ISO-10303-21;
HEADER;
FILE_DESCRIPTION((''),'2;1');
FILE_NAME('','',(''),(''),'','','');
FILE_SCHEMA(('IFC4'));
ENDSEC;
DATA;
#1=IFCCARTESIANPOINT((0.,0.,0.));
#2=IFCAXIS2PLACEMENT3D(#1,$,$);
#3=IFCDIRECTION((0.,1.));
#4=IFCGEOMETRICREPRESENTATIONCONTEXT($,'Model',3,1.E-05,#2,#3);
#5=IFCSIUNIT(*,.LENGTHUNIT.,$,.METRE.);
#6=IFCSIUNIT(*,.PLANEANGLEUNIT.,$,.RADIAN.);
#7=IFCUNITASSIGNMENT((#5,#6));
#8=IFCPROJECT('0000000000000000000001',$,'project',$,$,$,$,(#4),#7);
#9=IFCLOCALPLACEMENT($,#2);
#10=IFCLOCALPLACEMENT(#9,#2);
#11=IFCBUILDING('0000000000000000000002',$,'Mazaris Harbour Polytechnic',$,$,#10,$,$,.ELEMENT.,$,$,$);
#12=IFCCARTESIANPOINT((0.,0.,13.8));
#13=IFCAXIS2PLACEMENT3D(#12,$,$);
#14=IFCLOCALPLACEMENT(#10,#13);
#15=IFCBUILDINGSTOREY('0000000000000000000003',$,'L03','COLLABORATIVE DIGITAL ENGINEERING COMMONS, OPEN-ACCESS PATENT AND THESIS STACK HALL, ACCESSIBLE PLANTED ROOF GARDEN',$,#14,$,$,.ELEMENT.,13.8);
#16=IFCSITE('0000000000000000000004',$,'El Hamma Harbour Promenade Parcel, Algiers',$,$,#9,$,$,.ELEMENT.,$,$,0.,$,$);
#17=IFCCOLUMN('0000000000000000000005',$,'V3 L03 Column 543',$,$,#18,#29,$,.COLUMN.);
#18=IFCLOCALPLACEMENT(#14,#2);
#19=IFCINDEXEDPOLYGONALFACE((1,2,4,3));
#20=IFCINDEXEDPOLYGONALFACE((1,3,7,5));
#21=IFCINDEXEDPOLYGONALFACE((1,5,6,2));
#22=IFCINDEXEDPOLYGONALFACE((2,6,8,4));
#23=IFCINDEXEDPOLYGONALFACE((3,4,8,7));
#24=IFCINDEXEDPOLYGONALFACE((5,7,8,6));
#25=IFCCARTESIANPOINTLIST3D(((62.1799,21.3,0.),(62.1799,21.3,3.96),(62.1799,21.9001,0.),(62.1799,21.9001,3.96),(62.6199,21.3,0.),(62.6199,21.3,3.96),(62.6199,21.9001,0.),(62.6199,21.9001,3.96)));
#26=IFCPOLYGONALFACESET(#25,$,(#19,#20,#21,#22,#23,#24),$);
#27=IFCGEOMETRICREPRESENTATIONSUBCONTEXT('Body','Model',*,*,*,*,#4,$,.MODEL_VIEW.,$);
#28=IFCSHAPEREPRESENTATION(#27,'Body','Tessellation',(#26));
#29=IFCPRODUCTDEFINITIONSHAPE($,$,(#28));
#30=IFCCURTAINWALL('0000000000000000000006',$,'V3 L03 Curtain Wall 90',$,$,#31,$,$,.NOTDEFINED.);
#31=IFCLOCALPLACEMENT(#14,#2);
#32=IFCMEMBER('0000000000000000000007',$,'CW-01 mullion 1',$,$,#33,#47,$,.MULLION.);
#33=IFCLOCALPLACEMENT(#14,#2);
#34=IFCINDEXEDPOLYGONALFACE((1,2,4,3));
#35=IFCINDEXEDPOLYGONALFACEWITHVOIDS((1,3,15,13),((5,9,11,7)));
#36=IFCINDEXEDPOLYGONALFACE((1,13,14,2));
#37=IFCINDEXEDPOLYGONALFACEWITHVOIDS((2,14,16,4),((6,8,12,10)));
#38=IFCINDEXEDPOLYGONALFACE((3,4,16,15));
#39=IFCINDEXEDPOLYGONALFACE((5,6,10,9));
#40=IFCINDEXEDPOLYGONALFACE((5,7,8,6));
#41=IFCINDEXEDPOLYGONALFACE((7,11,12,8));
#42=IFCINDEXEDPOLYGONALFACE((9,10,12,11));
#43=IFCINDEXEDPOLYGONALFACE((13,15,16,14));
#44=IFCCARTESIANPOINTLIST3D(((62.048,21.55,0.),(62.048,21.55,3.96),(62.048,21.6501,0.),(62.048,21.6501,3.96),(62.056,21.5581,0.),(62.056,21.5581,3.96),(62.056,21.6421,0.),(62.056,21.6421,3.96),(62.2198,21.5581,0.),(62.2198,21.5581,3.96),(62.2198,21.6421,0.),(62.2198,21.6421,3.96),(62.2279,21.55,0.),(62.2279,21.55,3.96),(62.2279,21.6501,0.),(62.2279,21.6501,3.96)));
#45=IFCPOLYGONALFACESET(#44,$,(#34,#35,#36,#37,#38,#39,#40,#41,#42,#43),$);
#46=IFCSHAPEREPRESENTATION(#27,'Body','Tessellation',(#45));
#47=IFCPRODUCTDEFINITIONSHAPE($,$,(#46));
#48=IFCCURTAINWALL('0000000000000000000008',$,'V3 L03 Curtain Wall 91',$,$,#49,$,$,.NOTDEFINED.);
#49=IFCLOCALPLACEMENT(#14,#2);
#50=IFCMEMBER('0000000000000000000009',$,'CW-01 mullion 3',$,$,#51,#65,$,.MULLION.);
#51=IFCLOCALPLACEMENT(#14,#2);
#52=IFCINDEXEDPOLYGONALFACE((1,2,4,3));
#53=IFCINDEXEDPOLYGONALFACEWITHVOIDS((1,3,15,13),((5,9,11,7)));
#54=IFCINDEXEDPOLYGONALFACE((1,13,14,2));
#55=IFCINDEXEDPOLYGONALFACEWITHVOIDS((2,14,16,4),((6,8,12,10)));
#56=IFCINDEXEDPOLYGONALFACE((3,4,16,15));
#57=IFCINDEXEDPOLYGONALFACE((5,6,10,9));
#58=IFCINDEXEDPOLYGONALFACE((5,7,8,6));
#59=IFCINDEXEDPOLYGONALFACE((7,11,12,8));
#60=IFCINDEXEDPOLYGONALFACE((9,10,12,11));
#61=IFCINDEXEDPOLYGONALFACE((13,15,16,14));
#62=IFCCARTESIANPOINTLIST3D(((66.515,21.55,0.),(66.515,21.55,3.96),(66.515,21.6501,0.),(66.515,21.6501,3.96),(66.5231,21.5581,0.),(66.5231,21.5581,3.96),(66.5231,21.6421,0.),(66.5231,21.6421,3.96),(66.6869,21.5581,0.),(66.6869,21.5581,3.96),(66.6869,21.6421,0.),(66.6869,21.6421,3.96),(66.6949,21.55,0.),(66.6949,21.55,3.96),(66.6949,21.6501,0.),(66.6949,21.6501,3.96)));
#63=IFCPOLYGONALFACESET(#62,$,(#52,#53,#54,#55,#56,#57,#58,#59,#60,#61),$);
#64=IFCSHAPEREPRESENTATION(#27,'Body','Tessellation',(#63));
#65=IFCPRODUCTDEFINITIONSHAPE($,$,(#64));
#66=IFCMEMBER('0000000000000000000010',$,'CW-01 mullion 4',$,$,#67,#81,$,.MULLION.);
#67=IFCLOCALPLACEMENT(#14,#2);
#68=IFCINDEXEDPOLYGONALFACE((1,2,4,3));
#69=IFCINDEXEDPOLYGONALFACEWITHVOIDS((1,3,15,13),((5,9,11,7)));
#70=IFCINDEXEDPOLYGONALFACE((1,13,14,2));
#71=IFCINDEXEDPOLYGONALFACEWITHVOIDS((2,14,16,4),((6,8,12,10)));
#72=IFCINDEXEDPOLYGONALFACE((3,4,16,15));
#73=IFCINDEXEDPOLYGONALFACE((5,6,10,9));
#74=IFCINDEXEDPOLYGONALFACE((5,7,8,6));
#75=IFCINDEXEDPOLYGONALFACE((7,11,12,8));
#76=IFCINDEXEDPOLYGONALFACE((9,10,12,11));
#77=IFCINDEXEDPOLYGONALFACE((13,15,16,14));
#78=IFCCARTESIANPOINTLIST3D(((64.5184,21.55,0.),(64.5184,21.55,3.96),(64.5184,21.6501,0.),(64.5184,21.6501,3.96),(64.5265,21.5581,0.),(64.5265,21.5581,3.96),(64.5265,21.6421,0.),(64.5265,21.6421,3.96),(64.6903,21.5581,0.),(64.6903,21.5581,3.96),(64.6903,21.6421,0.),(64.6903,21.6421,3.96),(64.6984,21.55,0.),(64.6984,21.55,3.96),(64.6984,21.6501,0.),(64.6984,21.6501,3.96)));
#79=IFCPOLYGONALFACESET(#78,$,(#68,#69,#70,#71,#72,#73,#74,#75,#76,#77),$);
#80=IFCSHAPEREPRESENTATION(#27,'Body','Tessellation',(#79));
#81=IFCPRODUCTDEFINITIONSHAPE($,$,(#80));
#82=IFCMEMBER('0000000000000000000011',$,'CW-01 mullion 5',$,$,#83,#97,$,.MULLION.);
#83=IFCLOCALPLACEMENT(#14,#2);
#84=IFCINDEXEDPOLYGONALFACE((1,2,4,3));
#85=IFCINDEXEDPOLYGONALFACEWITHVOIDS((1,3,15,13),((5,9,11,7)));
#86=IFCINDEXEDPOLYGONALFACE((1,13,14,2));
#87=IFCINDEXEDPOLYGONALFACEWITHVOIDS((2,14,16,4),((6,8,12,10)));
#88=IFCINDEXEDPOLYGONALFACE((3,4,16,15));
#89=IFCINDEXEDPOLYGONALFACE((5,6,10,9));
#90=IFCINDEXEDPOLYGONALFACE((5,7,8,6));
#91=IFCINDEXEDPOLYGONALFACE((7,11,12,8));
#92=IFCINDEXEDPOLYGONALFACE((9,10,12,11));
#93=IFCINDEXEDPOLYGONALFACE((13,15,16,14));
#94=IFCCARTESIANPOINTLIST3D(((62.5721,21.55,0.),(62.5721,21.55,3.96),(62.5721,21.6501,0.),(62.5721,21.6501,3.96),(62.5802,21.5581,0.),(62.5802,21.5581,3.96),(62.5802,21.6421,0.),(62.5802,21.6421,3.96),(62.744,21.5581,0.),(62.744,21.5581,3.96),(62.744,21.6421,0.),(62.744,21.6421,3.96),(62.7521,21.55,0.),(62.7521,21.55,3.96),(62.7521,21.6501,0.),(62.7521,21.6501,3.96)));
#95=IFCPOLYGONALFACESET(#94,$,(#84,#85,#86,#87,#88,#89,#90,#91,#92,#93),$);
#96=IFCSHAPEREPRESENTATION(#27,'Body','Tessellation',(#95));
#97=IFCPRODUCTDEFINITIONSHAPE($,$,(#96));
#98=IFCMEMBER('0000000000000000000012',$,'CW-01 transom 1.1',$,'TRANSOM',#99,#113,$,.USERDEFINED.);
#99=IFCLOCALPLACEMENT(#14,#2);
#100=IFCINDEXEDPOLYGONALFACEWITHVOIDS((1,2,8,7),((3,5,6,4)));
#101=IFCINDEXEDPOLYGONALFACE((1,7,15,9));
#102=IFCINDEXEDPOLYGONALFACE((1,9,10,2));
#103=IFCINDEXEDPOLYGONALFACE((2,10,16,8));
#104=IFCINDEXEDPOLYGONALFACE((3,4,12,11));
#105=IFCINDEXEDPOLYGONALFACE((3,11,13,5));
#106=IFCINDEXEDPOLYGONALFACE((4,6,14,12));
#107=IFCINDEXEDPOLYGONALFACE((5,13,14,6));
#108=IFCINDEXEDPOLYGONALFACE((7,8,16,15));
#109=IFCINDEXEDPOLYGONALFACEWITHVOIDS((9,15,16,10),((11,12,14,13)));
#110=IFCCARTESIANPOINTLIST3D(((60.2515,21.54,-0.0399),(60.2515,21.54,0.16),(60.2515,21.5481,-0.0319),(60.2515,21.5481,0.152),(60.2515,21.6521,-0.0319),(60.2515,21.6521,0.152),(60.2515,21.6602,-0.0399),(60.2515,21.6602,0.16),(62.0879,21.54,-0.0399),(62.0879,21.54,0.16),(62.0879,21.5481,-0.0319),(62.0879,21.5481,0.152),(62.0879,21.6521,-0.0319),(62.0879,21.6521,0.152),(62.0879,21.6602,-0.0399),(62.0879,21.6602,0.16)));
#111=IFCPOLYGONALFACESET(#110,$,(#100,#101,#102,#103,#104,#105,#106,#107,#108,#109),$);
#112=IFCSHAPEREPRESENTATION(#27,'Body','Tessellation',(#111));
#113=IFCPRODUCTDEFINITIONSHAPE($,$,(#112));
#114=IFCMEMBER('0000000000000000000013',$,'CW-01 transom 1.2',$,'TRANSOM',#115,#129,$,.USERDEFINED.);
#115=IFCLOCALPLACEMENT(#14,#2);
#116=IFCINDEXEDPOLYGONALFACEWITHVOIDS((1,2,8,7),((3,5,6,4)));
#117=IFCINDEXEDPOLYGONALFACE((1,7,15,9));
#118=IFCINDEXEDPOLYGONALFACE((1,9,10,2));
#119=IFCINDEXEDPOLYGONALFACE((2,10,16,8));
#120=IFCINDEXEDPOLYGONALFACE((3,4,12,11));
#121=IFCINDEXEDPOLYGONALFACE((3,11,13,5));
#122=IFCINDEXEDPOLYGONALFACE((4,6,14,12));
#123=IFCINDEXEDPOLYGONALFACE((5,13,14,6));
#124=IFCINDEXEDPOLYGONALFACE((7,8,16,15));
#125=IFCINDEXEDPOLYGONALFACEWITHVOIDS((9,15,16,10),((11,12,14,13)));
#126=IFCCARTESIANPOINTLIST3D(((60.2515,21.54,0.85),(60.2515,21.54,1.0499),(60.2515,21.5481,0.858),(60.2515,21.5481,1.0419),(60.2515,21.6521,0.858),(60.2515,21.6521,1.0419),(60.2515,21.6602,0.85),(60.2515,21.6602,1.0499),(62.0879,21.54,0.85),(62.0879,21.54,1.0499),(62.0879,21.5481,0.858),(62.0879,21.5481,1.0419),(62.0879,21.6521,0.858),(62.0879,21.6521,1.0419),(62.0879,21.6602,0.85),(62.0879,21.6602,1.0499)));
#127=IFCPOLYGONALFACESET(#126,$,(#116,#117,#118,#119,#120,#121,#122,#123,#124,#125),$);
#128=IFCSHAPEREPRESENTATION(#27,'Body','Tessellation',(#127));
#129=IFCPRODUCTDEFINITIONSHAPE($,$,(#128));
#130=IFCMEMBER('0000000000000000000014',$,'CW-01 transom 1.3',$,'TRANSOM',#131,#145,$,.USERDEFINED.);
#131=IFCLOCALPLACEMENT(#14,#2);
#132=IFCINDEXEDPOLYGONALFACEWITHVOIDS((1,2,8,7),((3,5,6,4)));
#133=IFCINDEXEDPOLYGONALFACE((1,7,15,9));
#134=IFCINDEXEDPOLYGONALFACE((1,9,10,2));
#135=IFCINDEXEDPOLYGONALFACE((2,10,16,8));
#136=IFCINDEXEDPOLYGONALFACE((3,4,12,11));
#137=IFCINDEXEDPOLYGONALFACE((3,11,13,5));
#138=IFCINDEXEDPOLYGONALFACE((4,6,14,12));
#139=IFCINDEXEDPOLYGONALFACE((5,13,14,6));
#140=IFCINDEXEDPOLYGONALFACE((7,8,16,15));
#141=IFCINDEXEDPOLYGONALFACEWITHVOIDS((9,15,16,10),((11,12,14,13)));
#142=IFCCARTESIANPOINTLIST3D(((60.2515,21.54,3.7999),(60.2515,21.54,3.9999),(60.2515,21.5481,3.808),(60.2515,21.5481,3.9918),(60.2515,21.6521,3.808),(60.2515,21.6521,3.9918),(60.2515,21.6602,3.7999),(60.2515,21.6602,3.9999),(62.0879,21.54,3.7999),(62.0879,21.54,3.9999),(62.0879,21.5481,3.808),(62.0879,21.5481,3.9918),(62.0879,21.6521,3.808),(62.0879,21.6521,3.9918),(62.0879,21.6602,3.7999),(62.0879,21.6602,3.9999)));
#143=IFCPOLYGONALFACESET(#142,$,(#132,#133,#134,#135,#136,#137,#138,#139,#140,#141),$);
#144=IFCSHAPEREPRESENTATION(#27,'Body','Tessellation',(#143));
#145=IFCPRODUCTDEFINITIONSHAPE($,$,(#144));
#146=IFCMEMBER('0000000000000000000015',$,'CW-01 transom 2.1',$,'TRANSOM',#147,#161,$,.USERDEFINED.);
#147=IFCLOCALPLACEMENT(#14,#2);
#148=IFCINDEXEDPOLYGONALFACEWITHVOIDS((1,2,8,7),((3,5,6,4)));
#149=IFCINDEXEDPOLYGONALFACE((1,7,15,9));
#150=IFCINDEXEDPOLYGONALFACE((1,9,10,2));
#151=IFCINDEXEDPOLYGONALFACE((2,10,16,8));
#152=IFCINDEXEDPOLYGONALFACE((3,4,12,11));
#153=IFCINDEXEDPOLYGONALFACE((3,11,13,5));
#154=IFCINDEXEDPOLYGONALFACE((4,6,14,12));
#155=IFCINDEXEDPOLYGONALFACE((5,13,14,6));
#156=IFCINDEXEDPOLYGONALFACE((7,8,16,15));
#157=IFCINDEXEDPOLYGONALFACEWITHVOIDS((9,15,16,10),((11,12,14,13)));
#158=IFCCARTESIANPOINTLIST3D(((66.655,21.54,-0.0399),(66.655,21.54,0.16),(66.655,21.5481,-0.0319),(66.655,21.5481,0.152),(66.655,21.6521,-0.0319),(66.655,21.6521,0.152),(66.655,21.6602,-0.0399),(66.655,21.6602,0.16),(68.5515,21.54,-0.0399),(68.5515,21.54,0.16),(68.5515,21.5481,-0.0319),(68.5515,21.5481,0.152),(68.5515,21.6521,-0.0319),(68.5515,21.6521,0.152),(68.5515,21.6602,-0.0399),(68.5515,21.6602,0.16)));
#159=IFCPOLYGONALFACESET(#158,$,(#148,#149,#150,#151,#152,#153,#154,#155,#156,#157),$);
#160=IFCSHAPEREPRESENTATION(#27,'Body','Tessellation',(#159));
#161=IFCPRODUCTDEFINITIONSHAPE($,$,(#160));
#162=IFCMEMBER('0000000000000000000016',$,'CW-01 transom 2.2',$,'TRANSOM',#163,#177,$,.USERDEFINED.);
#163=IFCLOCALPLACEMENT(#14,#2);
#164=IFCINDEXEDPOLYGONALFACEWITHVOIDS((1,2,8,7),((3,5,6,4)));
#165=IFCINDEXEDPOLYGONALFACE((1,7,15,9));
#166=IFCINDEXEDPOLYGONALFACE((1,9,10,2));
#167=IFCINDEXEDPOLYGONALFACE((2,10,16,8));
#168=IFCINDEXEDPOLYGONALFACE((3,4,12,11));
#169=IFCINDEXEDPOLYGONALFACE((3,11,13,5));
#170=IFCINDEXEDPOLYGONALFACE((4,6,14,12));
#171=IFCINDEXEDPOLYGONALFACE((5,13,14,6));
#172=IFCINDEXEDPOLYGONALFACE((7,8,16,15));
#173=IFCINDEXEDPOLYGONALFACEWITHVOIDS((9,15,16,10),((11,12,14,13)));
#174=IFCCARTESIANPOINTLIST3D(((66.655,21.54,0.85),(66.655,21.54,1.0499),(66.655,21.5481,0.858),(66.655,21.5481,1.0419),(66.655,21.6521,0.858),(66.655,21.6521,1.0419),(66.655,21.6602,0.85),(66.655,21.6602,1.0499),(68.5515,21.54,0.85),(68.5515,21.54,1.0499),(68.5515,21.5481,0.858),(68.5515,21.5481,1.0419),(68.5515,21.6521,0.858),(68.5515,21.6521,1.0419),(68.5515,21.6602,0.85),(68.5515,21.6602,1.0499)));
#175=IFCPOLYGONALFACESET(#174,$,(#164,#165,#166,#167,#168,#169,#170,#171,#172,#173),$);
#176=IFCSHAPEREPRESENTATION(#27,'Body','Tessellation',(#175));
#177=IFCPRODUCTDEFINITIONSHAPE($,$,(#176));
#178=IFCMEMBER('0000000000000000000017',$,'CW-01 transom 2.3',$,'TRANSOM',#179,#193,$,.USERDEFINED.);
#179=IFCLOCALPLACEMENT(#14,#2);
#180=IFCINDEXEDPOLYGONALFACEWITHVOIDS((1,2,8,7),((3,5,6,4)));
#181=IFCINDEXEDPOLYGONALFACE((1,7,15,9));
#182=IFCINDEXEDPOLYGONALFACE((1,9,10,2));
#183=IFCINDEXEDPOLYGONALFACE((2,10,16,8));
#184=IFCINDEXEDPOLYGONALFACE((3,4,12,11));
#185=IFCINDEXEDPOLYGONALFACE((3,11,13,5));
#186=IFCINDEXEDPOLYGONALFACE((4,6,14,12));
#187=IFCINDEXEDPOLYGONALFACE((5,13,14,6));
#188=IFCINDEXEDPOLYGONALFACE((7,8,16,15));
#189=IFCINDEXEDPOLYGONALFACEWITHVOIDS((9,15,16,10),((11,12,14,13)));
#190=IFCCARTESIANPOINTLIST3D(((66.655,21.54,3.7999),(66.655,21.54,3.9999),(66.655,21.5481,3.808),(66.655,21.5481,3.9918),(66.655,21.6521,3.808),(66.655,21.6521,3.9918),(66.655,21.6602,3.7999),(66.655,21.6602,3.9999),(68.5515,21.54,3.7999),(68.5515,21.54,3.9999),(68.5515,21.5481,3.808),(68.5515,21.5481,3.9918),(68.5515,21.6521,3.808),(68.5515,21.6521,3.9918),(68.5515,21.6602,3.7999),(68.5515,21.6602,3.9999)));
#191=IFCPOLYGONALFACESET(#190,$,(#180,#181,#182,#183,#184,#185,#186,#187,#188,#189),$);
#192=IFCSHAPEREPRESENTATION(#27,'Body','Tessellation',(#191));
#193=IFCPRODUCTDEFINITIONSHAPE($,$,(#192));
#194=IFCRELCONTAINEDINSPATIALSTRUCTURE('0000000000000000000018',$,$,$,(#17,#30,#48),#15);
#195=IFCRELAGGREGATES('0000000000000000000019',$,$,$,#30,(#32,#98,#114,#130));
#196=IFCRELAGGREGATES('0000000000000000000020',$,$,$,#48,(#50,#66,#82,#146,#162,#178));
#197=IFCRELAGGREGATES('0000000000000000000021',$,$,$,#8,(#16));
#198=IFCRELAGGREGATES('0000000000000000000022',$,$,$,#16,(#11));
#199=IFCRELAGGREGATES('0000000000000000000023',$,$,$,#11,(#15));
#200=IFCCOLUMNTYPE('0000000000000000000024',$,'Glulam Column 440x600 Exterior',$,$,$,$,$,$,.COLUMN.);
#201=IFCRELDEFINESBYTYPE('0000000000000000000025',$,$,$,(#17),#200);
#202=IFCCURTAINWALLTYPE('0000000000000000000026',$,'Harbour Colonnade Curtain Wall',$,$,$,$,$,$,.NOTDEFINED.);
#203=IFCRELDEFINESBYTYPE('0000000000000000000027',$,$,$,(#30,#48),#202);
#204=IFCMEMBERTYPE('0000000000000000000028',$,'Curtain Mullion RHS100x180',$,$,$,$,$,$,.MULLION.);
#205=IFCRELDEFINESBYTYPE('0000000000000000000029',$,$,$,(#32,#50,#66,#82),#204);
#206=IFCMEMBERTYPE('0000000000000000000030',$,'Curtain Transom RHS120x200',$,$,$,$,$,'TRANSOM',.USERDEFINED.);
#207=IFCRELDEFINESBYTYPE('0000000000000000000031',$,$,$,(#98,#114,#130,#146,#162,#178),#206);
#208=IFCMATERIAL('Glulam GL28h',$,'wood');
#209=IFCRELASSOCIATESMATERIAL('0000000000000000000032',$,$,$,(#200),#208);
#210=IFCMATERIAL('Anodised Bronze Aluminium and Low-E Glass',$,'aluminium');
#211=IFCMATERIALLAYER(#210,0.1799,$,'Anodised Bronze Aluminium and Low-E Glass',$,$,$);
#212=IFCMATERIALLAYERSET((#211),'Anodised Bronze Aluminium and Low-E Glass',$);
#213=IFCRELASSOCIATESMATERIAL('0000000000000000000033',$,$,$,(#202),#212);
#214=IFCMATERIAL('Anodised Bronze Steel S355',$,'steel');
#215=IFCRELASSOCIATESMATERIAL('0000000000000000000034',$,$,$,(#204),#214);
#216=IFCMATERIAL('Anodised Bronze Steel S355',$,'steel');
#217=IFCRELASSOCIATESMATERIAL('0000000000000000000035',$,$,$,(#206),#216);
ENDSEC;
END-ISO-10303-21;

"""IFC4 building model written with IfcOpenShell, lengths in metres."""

from ifc_helpers import new_model, si_unit, direction, frame, origin, origin_2d, place, context, subcontext, project, spatial, rectangle, hollow_rectangle, extrude, material, layer, layer_set, material_profile, profile_set, type_object, element, aggregate, save


model = new_model("IFC4")

# Units and contexts
model_context = context("Model", 3, precision=1e-05, world=origin(), true_north=direction((0.0, 1.0)))
body_context = subcontext(model_context, "Body", "Model", "MODEL_VIEW")
ifc_project = project(units=[si_unit("LENGTHUNIT", "METRE"), si_unit("PLANEANGLEUNIT", "RADIAN")], contexts=[model_context])

# Site, building, storey
site_placement = place(None, origin())
site = spatial("IfcSite", under=ifc_project, at=site_placement, Name="El Hamma Harbour Promenade Parcel, Algiers", CompositionType="ELEMENT", RefElevation=0.0)
building_placement = place(site_placement, origin())
building = spatial("IfcBuilding", under=site, at=building_placement, Name="Mazaris Harbour Polytechnic", CompositionType="ELEMENT")
storey_placement = place(building_placement, frame((0.0, 0.0, 13.8)))
storey = spatial("IfcBuildingStorey", under=building, at=storey_placement, Name="L03", Description="COLLABORATIVE DIGITAL ENGINEERING COMMONS, OPEN-ACCESS PATENT AND THESIS STACK HALL, ACCESSIBLE PLANTED ROOF GARDEN", CompositionType="ELEMENT", Elevation=13.8)

# Column
ifc_material_1 = material(Name="Glulam GL28h", Category="wood")
ifc_material_profile_1 = material_profile(ifc_material_1, rectangle(XDim=0.4399, YDim=0.6001, at=origin_2d()), Name="RECT440x600")
ifc_profile_set_1 = profile_set([ifc_material_profile_1], Name="Glulam GL28h")
column_type = type_object("IfcColumnType", Name="Glulam Column 440x600 Exterior", PredefinedType="COLUMN", material=ifc_profile_set_1)
column_placement = place(storey_placement, frame((62.3999, 21.6001, 0.0), z_axis=(0.0, 0.0, 1.0), x_axis=(1.0, 0.0, 0.0)))
element("IfcColumn", 1, at=column_placement, inside=storey, type_object=column_type, Name="V3 L03 Column 543", PredefinedType="COLUMN", context=body_context, shape_type="SweptSolid", body=[
    extrude(rectangle(XDim=0.4399, YDim=0.6001, at=origin_2d()), origin(), (0.0, 0.0, 1.0), 3.96),
])

# Curtain wall, member
ifc_material_2 = material(Name="Anodised Bronze Aluminium and Low-E Glass", Category="aluminium")
ifc_layer_1 = layer(ifc_material_2, 0.1799, Name="Anodised Bronze Aluminium and Low-E Glass")
ifc_layer_set_1 = layer_set([ifc_layer_1], Name="Anodised Bronze Aluminium and Low-E Glass")
curtain_wall_type = type_object("IfcCurtainWallType", Name="Harbour Colonnade Curtain Wall", PredefinedType="NOTDEFINED", material=ifc_layer_set_1)
curtain_wall_1_placement = place(storey_placement, origin())
curtain_wall_1 = element("IfcCurtainWall", 2, at=curtain_wall_1_placement, inside=storey, type_object=curtain_wall_type, Name="V3 L03 Curtain Wall 90", PredefinedType="NOTDEFINED")
ifc_material_3 = material(Name="Anodised Bronze Steel S355", Category="steel")
ifc_material_profile_2 = material_profile(ifc_material_3, hollow_rectangle(XDim=0.1001, YDim=0.1799, WallThickness=0.0081, at=origin_2d()), Name="RHS 100x180x8.0")
ifc_profile_set_2 = profile_set([ifc_material_profile_2], Name="Anodised Bronze Steel S355")
member_type_1 = type_object("IfcMemberType", Name="Curtain Mullion RHS100x180", PredefinedType="MULLION", material=ifc_profile_set_2)
member_1_placement = place(storey_placement, frame((62.1379, 21.6001, 0.0), z_axis=(0.0, 0.0, 1.0), x_axis=(0.0, -1.0, 0.0)))
member_1 = element("IfcMember", 3, at=member_1_placement, type_object=member_type_1, Name="CW-01 mullion 1", PredefinedType="MULLION", context=body_context, shape_type="SweptSolid", body=[
    extrude(hollow_rectangle(XDim=0.1001, YDim=0.1799, WallThickness=0.0081, at=origin_2d()), origin(), (0.0, 0.0, 1.0), 3.96),
])

# Curtain wall, members
curtain_wall_2_placement = place(storey_placement, origin())
curtain_wall_2 = element("IfcCurtainWall", 4, at=curtain_wall_2_placement, inside=storey, type_object=curtain_wall_type, Name="V3 L03 Curtain Wall 91", PredefinedType="NOTDEFINED")
member_2_placement = place(storey_placement, frame((66.605, 21.6001, 0.0), z_axis=(0.0, 0.0, 1.0), x_axis=(0.0, -1.0, 0.0)))
member_2 = element("IfcMember", 5, at=member_2_placement, type_object=member_type_1, Name="CW-01 mullion 3", PredefinedType="MULLION", context=body_context, shape_type="SweptSolid", body=[
    extrude(hollow_rectangle(XDim=0.1001, YDim=0.1799, WallThickness=0.0081, at=origin_2d()), origin(), (0.0, 0.0, 1.0), 3.96),
])
member_3_placement = place(storey_placement, frame((64.6084, 21.6001, 0.0), z_axis=(0.0, 0.0, 1.0), x_axis=(0.0, -1.0, 0.0)))
member_3 = element("IfcMember", 6, at=member_3_placement, type_object=member_type_1, Name="CW-01 mullion 4", PredefinedType="MULLION", context=body_context, shape_type="SweptSolid", body=[
    extrude(hollow_rectangle(XDim=0.1001, YDim=0.1799, WallThickness=0.0081, at=origin_2d()), origin(), (0.0, 0.0, 1.0), 3.96),
])
member_4_placement = place(storey_placement, frame((62.6621, 21.6001, 0.0), z_axis=(0.0, 0.0, 1.0), x_axis=(0.0, -1.0, 0.0)))
member_4 = element("IfcMember", 7, at=member_4_placement, type_object=member_type_1, Name="CW-01 mullion 5", PredefinedType="MULLION", context=body_context, shape_type="SweptSolid", body=[
    extrude(hollow_rectangle(XDim=0.1001, YDim=0.1799, WallThickness=0.0081, at=origin_2d()), origin(), (0.0, 0.0, 1.0), 3.96),
])

# Members
ifc_material_4 = material(Name="Anodised Bronze Steel S355", Category="steel")
ifc_material_profile_3 = material_profile(ifc_material_4, hollow_rectangle(XDim=0.1201, YDim=0.2, WallThickness=0.0081, at=origin_2d()), Name="RHS 120x200x8.0")
ifc_profile_set_3 = profile_set([ifc_material_profile_3], Name="Anodised Bronze Steel S355")
member_type_2 = type_object("IfcMemberType", Name="Curtain Transom RHS120x200", ElementType="TRANSOM", PredefinedType="USERDEFINED", material=ifc_profile_set_3)
member_5_placement = place(storey_placement, frame((62.0879, 21.6001, 0.0601), z_axis=(-1.0, 0.0, 0.0), x_axis=(0.0, -1.0, 0.0)))
member_5 = element("IfcMember", 8, at=member_5_placement, type_object=member_type_2, Name="CW-01 transom 1.1", ObjectType="TRANSOM", PredefinedType="USERDEFINED", context=body_context, shape_type="SweptSolid", body=[
    extrude(hollow_rectangle(XDim=0.1201, YDim=0.2, WallThickness=0.0081, at=origin_2d()), origin(), (0.0, 0.0, 1.0), 1.8364),
])
member_6_placement = place(storey_placement, frame((62.0879, 21.6001, 0.95), z_axis=(-1.0, 0.0, 0.0), x_axis=(0.0, -1.0, 0.0)))
member_6 = element("IfcMember", 9, at=member_6_placement, type_object=member_type_2, Name="CW-01 transom 1.2", ObjectType="TRANSOM", PredefinedType="USERDEFINED", context=body_context, shape_type="SweptSolid", body=[
    extrude(hollow_rectangle(XDim=0.1201, YDim=0.2, WallThickness=0.0081, at=origin_2d()), origin(), (0.0, 0.0, 1.0), 1.8364),
])
member_7_placement = place(storey_placement, frame((62.0879, 21.6001, 3.8999), z_axis=(-1.0, 0.0, 0.0), x_axis=(0.0, -1.0, 0.0)))
member_7 = element("IfcMember", 10, at=member_7_placement, type_object=member_type_2, Name="CW-01 transom 1.3", ObjectType="TRANSOM", PredefinedType="USERDEFINED", context=body_context, shape_type="SweptSolid", body=[
    extrude(hollow_rectangle(XDim=0.1201, YDim=0.2, WallThickness=0.0081, at=origin_2d()), origin(), (0.0, 0.0, 1.0), 1.8364),
])
aggregate(curtain_wall_1, [member_1, member_5, member_6, member_7])
member_8_placement = place(storey_placement, frame((68.5515, 21.6001, 0.0601), z_axis=(-1.0, 0.0, 0.0), x_axis=(0.0, -1.0, 0.0)))
member_8 = element("IfcMember", 11, at=member_8_placement, type_object=member_type_2, Name="CW-01 transom 2.1", ObjectType="TRANSOM", PredefinedType="USERDEFINED", context=body_context, shape_type="SweptSolid", body=[
    extrude(hollow_rectangle(XDim=0.1201, YDim=0.2, WallThickness=0.0081, at=origin_2d()), origin(), (0.0, 0.0, 1.0), 1.8965),
])
member_9_placement = place(storey_placement, frame((68.5515, 21.6001, 0.95), z_axis=(-1.0, 0.0, 0.0), x_axis=(0.0, -1.0, 0.0)))
member_9 = element("IfcMember", 12, at=member_9_placement, type_object=member_type_2, Name="CW-01 transom 2.2", ObjectType="TRANSOM", PredefinedType="USERDEFINED", context=body_context, shape_type="SweptSolid", body=[
    extrude(hollow_rectangle(XDim=0.1201, YDim=0.2, WallThickness=0.0081, at=origin_2d()), origin(), (0.0, 0.0, 1.0), 1.8965),
])
member_10_placement = place(storey_placement, frame((68.5515, 21.6001, 3.8999), z_axis=(-1.0, 0.0, 0.0), x_axis=(0.0, -1.0, 0.0)))
member_10 = element("IfcMember", 13, at=member_10_placement, type_object=member_type_2, Name="CW-01 transom 2.3", ObjectType="TRANSOM", PredefinedType="USERDEFINED", context=body_context, shape_type="SweptSolid", body=[
    extrude(hollow_rectangle(XDim=0.1201, YDim=0.2, WallThickness=0.0081, at=origin_2d()), origin(), (0.0, 0.0, 1.0), 1.8965),
])

aggregate(curtain_wall_2, [member_2, member_3, member_4, member_8, member_9, member_10])

save(model, "model.ifc")
